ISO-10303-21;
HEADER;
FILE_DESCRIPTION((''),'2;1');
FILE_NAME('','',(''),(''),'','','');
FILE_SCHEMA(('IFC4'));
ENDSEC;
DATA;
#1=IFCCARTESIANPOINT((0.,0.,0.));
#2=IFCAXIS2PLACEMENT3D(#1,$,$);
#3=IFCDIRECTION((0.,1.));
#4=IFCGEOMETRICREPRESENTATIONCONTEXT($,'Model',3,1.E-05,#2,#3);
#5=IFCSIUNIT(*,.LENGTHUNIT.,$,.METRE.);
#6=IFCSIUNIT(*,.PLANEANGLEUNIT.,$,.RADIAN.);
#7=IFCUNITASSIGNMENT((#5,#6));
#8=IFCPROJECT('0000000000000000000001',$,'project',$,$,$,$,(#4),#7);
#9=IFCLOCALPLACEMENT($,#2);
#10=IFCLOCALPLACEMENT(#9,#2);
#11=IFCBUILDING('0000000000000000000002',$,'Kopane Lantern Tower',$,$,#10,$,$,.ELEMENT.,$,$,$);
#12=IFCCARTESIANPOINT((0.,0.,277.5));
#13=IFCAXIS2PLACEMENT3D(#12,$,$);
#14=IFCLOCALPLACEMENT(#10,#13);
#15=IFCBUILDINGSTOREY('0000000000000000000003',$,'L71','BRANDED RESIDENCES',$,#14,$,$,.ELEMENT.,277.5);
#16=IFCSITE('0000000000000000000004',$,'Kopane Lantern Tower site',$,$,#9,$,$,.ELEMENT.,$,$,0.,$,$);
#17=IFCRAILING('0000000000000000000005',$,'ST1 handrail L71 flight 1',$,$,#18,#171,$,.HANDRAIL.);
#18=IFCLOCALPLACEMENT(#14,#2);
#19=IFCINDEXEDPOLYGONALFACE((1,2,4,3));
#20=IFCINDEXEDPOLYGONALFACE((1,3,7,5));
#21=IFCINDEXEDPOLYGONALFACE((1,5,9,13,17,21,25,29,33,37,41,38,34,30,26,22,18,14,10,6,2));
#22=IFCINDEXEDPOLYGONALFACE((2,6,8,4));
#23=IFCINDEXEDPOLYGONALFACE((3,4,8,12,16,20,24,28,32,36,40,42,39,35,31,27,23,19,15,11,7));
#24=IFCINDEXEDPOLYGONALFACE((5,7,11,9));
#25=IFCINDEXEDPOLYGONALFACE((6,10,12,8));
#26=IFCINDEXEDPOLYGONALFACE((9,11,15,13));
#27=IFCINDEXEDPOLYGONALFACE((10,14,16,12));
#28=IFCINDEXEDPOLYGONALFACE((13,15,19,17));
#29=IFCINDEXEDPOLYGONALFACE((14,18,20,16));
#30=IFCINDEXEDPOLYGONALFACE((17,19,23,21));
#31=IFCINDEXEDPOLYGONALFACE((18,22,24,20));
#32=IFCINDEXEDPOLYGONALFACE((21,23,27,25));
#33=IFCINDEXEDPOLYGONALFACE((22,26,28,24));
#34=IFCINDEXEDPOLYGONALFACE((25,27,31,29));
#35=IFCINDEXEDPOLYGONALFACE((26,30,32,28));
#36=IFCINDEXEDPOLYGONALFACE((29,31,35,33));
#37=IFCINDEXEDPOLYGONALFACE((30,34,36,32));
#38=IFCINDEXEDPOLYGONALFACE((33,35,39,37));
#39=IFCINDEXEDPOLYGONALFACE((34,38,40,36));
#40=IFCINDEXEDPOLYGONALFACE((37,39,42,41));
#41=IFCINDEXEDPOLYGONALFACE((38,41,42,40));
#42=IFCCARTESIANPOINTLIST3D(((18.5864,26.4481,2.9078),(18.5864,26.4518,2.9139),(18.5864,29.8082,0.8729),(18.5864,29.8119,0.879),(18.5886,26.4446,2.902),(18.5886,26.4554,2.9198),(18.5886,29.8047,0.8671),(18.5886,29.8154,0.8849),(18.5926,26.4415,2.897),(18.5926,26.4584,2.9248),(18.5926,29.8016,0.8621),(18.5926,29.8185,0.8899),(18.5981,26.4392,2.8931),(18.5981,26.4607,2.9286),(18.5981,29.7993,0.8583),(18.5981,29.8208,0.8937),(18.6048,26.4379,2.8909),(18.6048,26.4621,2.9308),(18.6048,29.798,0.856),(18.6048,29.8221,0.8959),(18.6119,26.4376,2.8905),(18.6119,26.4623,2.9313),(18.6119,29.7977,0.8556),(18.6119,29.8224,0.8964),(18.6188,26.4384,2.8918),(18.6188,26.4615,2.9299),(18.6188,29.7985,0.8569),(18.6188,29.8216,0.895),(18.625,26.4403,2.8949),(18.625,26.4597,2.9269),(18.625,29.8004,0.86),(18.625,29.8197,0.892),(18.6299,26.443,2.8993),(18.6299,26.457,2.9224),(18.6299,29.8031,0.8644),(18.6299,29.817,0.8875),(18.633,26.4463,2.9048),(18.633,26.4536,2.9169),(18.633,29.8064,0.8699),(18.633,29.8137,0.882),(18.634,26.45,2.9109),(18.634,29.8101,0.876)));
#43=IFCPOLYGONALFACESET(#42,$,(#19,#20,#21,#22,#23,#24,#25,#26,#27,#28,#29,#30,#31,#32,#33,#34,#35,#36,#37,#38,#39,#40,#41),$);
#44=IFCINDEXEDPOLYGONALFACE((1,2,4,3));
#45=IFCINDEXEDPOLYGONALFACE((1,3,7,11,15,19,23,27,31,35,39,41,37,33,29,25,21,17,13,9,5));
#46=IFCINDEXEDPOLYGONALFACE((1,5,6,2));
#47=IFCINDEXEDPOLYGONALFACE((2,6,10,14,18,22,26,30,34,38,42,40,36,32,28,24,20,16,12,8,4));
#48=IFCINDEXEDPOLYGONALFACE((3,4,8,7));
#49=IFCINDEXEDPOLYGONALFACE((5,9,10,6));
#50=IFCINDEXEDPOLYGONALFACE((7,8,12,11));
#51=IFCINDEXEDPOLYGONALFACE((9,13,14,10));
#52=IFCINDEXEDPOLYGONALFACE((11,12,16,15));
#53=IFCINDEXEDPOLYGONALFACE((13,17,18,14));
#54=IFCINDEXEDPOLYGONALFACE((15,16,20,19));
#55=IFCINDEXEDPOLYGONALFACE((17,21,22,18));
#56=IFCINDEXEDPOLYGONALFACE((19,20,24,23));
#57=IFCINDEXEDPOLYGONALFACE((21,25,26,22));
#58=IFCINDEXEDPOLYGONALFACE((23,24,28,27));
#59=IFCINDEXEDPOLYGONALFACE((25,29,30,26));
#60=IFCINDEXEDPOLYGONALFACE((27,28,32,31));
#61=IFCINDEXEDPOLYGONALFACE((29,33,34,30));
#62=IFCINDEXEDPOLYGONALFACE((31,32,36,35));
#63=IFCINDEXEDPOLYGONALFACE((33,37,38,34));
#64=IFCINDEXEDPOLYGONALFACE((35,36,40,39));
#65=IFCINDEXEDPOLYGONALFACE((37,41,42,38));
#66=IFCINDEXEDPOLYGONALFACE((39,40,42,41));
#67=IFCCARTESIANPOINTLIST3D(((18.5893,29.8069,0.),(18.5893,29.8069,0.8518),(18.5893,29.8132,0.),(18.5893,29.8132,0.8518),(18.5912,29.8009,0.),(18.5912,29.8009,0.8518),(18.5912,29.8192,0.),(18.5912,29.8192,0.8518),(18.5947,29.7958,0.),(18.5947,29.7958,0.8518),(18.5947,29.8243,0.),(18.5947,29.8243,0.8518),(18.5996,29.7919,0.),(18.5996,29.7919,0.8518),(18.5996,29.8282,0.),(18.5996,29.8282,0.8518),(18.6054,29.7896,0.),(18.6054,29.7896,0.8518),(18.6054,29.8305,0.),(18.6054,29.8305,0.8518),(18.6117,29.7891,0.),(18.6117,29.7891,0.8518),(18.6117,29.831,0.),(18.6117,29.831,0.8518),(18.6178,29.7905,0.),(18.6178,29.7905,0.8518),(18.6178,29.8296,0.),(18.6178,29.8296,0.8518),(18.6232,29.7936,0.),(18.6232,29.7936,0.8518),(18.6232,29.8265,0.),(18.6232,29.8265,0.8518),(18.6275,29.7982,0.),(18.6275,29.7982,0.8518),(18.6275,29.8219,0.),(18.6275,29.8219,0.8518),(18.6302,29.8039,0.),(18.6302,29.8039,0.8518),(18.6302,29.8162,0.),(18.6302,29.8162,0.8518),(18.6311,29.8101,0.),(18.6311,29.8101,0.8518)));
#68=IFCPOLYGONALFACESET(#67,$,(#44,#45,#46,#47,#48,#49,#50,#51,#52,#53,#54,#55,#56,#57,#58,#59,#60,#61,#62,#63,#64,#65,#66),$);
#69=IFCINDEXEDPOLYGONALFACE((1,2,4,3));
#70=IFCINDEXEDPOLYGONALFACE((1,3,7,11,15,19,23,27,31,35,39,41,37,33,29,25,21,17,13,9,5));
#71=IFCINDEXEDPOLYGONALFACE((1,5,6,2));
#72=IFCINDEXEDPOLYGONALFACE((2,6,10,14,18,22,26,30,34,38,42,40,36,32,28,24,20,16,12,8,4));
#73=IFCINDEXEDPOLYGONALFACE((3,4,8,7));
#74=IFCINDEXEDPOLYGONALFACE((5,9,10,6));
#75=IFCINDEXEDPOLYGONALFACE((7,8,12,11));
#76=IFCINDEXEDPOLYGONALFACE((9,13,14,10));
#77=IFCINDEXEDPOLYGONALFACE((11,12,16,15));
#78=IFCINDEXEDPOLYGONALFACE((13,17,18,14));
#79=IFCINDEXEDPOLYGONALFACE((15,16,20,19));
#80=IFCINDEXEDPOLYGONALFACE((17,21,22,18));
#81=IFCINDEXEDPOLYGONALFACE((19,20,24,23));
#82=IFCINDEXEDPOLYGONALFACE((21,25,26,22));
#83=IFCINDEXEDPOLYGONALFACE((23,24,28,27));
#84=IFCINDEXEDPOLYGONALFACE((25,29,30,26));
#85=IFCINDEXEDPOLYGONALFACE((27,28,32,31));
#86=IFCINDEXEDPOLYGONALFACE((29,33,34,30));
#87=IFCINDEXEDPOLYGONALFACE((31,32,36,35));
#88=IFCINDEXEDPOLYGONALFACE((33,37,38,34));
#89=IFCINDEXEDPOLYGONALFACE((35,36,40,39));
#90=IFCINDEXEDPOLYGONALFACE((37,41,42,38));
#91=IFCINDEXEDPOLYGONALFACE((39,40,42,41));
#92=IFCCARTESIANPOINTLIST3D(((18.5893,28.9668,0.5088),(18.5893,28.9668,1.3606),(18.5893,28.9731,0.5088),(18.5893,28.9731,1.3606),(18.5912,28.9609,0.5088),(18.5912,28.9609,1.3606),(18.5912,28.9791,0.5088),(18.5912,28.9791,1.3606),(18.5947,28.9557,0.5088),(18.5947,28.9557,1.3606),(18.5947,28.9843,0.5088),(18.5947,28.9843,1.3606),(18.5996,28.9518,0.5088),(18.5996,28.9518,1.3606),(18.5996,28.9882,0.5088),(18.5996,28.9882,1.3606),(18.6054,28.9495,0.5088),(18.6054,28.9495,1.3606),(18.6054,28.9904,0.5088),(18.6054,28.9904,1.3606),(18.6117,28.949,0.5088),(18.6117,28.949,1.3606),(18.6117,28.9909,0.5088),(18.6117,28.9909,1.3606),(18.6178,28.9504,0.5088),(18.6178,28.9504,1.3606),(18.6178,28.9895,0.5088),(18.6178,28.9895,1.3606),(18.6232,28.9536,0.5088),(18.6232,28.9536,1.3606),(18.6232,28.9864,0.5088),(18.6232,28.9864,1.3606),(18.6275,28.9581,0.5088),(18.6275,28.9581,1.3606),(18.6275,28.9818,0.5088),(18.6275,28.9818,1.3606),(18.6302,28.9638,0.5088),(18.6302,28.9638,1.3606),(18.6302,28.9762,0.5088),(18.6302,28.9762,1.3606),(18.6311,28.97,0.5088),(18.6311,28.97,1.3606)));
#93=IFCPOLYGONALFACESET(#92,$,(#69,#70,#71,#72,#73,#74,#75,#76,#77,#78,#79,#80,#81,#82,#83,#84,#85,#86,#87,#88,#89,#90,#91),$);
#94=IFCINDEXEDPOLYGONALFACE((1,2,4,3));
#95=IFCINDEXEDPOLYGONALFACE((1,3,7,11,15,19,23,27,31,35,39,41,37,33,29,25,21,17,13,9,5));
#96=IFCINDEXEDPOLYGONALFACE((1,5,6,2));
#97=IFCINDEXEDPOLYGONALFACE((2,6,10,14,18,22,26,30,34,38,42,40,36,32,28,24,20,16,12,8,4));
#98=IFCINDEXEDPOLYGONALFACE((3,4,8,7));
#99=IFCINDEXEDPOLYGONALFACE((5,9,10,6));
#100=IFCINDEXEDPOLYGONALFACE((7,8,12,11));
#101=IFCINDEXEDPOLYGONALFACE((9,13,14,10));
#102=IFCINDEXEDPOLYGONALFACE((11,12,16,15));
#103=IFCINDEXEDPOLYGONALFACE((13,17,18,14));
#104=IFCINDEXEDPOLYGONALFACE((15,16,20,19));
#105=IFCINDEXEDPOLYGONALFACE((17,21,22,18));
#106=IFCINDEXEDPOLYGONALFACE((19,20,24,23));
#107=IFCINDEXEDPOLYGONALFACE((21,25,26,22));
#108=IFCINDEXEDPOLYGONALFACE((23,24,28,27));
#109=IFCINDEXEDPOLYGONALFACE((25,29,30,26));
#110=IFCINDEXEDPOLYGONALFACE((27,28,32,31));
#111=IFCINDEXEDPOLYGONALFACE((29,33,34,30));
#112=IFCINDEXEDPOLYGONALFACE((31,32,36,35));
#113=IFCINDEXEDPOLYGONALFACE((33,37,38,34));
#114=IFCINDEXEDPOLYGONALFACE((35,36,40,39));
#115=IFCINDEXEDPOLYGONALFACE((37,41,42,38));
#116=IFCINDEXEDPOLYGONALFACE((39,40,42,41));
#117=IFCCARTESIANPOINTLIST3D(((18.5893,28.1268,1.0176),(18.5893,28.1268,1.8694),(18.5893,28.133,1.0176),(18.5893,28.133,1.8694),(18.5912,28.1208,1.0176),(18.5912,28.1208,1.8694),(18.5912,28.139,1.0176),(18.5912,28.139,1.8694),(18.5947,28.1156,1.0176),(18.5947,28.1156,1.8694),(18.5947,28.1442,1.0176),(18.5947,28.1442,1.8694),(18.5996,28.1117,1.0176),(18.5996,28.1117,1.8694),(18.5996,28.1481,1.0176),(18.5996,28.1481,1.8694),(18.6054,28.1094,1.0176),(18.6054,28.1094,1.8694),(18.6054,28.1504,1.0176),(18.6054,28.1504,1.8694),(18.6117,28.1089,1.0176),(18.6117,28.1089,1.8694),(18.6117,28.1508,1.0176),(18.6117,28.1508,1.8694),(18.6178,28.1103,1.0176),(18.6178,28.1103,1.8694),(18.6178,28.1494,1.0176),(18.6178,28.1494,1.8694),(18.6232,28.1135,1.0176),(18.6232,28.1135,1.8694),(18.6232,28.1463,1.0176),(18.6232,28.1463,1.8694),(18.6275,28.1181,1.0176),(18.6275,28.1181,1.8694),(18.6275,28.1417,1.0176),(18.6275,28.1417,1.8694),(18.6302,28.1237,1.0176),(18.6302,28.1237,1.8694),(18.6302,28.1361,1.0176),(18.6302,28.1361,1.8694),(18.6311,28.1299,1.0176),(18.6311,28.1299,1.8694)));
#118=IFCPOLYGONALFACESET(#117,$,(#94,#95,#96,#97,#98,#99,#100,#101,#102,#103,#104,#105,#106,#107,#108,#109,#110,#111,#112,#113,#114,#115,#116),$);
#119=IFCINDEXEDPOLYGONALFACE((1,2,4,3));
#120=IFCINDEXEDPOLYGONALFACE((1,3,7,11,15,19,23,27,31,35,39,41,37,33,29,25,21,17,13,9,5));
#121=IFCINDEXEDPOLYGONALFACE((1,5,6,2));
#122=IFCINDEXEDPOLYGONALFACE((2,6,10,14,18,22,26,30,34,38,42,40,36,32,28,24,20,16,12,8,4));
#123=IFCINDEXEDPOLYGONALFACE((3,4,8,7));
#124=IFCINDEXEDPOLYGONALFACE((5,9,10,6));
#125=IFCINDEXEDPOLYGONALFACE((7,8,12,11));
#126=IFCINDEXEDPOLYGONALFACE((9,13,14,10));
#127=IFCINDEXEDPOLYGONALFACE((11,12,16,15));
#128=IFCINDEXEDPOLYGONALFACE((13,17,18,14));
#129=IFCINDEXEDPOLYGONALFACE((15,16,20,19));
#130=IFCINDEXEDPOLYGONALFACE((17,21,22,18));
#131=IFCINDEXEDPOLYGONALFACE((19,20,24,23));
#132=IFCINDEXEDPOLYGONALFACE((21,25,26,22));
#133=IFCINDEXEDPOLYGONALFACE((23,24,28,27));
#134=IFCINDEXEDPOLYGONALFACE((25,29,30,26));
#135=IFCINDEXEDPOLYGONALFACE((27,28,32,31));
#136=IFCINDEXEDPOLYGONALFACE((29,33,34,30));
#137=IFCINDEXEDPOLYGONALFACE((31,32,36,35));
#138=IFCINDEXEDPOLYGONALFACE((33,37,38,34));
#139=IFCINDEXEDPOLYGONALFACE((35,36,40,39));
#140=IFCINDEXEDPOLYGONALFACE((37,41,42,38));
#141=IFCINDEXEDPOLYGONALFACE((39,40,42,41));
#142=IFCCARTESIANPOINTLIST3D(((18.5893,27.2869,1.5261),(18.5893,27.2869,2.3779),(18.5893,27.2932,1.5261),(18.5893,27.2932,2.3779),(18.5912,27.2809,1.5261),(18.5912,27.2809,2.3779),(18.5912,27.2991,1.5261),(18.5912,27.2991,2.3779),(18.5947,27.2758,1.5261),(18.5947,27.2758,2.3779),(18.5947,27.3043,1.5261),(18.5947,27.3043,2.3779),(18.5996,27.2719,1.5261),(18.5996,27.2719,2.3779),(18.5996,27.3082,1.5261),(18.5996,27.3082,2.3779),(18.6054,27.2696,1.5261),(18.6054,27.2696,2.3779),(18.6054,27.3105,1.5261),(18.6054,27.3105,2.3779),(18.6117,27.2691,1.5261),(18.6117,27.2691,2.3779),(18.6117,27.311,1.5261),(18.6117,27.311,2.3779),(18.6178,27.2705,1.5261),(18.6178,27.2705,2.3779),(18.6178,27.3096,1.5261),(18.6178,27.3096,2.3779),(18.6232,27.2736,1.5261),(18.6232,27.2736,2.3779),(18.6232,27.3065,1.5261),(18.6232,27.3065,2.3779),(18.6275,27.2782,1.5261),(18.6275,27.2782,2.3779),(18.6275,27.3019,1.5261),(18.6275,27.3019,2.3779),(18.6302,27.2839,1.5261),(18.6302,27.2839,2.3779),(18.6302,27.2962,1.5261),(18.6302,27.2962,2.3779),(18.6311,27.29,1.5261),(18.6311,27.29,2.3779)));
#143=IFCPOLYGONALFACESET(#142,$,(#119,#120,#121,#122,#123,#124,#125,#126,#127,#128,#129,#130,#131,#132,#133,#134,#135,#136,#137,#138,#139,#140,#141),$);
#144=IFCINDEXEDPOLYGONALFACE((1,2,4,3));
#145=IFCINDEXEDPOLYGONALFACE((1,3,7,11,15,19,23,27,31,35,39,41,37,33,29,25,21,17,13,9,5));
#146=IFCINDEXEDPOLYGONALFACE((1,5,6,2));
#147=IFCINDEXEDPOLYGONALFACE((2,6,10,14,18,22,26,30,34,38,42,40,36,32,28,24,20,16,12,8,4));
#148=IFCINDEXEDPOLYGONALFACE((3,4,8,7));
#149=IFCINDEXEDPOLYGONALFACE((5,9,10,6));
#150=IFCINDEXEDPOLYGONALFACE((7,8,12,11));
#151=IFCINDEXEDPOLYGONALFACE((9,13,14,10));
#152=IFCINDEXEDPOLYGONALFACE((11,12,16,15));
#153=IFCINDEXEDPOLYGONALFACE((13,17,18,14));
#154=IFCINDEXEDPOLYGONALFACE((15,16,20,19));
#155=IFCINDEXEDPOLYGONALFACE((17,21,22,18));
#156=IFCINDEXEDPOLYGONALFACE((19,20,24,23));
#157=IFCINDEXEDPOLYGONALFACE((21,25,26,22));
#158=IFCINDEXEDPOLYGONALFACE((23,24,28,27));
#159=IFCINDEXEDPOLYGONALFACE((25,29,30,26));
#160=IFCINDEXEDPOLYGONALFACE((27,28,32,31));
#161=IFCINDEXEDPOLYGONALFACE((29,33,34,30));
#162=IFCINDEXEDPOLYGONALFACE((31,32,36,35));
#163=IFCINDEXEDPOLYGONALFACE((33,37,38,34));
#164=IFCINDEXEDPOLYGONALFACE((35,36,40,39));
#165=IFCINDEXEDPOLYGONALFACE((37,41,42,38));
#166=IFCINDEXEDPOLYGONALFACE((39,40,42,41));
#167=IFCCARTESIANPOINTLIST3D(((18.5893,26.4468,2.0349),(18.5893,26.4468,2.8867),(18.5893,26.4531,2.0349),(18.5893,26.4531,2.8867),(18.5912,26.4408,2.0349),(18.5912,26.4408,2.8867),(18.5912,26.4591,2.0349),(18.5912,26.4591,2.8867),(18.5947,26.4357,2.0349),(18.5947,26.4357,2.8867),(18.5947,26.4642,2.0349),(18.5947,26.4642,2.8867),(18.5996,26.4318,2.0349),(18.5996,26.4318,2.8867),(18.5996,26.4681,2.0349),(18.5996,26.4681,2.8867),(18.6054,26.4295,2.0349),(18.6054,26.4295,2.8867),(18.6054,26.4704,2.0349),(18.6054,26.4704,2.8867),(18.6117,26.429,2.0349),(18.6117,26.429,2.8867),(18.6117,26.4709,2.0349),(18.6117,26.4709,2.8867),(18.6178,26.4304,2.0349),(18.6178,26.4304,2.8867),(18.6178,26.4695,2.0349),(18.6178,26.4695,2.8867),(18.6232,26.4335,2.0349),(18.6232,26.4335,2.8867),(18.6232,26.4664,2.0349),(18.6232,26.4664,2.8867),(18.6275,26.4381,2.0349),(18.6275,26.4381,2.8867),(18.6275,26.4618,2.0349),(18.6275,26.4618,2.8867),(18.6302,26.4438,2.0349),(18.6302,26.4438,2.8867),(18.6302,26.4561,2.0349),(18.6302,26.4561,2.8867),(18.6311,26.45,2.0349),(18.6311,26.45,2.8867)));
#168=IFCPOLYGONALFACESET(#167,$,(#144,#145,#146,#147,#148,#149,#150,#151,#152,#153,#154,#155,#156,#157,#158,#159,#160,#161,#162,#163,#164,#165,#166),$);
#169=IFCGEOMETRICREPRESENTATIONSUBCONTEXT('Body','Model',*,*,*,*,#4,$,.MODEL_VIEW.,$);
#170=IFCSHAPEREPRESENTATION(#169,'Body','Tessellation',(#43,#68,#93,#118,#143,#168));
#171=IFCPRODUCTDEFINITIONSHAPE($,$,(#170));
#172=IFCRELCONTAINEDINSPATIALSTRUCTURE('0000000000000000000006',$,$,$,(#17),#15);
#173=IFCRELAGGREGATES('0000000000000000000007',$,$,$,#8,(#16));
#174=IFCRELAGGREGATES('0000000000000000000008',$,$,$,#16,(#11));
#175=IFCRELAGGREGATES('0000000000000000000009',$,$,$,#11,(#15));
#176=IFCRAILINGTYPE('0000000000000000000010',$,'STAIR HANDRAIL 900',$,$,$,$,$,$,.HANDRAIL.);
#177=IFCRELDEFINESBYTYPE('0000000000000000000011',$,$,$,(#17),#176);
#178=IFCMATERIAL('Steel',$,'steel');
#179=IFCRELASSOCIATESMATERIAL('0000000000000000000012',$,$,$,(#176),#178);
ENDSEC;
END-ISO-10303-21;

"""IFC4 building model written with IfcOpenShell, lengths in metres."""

from ifc_helpers import new_model, si_unit, direction, frame, origin, origin_2d, place, context, subcontext, project, spatial, circle, extrude, material, type_object, element, save


model = new_model("IFC4")

# Units and contexts
model_context = context("Model", 3, precision=1e-05, world=origin(), true_north=direction((0.0, 1.0)))
body_context = subcontext(model_context, "Body", "Model", "MODEL_VIEW")
ifc_project = project(units=[si_unit("LENGTHUNIT", "METRE"), si_unit("PLANEANGLEUNIT", "RADIAN")], contexts=[model_context])

# Site, building, storey
site_placement = place(None, origin())
site = spatial("IfcSite", under=ifc_project, at=site_placement, Name="Kopane Lantern Tower site", CompositionType="ELEMENT", RefElevation=0.0)
building_placement = place(site_placement, origin())
building = spatial("IfcBuilding", under=site, at=building_placement, Name="Kopane Lantern Tower", CompositionType="ELEMENT")
storey_placement = place(building_placement, frame((0.0, 0.0, 277.5)))
storey = spatial("IfcBuildingStorey", under=building, at=storey_placement, Name="L71", Description="BRANDED RESIDENCES", CompositionType="ELEMENT", Elevation=277.5)

# Railing
ifc_material_1 = material(Name="Steel", Category="steel")
railing_type_1 = type_object("IfcRailingType", Name="STAIR HANDRAIL 900", PredefinedType="HANDRAIL", material=ifc_material_1)
for number, where, name in (
    (1, (18.6101, 29.8101, 0.0), "ST1 handrail L71 flight 1"),
):
    element("IfcRailing", number, at=place(storey_placement, frame(where)), inside=storey, type_object=railing_type_1, Name=name, PredefinedType="HANDRAIL", context=body_context, shape_type="SweptSolid", body=[
        extrude(circle(Radius=0.0239, at=origin_2d()), frame((0.0, 0.0, 0.876), z_axis=(0.0, -0.855369, 0.518019), x_axis=(1.0, 0.0, 0.0)), (0.0, 0.0, 1.0), 3.9282),
        extrude(circle(Radius=0.021, at=origin_2d()), origin(), (0.0, 0.0, 1.0), 0.8518),
        extrude(circle(Radius=0.021, at=origin_2d()), frame((0.0, -0.8401, 0.5088)), (0.0, 0.0, 1.0), 0.8518),
        extrude(circle(Radius=0.021, at=origin_2d()), frame((0.0, -1.6802, 1.0176)), (0.0, 0.0, 1.0), 0.8518),
        extrude(circle(Radius=0.021, at=origin_2d()), frame((0.0, -2.52, 1.5261)), (0.0, 0.0, 1.0), 0.8518),
        extrude(circle(Radius=0.021, at=origin_2d()), frame((0.0, -3.3601, 2.0349)), (0.0, 0.0, 1.0), 0.8518),
    ])

save(model, "model.ifc")
